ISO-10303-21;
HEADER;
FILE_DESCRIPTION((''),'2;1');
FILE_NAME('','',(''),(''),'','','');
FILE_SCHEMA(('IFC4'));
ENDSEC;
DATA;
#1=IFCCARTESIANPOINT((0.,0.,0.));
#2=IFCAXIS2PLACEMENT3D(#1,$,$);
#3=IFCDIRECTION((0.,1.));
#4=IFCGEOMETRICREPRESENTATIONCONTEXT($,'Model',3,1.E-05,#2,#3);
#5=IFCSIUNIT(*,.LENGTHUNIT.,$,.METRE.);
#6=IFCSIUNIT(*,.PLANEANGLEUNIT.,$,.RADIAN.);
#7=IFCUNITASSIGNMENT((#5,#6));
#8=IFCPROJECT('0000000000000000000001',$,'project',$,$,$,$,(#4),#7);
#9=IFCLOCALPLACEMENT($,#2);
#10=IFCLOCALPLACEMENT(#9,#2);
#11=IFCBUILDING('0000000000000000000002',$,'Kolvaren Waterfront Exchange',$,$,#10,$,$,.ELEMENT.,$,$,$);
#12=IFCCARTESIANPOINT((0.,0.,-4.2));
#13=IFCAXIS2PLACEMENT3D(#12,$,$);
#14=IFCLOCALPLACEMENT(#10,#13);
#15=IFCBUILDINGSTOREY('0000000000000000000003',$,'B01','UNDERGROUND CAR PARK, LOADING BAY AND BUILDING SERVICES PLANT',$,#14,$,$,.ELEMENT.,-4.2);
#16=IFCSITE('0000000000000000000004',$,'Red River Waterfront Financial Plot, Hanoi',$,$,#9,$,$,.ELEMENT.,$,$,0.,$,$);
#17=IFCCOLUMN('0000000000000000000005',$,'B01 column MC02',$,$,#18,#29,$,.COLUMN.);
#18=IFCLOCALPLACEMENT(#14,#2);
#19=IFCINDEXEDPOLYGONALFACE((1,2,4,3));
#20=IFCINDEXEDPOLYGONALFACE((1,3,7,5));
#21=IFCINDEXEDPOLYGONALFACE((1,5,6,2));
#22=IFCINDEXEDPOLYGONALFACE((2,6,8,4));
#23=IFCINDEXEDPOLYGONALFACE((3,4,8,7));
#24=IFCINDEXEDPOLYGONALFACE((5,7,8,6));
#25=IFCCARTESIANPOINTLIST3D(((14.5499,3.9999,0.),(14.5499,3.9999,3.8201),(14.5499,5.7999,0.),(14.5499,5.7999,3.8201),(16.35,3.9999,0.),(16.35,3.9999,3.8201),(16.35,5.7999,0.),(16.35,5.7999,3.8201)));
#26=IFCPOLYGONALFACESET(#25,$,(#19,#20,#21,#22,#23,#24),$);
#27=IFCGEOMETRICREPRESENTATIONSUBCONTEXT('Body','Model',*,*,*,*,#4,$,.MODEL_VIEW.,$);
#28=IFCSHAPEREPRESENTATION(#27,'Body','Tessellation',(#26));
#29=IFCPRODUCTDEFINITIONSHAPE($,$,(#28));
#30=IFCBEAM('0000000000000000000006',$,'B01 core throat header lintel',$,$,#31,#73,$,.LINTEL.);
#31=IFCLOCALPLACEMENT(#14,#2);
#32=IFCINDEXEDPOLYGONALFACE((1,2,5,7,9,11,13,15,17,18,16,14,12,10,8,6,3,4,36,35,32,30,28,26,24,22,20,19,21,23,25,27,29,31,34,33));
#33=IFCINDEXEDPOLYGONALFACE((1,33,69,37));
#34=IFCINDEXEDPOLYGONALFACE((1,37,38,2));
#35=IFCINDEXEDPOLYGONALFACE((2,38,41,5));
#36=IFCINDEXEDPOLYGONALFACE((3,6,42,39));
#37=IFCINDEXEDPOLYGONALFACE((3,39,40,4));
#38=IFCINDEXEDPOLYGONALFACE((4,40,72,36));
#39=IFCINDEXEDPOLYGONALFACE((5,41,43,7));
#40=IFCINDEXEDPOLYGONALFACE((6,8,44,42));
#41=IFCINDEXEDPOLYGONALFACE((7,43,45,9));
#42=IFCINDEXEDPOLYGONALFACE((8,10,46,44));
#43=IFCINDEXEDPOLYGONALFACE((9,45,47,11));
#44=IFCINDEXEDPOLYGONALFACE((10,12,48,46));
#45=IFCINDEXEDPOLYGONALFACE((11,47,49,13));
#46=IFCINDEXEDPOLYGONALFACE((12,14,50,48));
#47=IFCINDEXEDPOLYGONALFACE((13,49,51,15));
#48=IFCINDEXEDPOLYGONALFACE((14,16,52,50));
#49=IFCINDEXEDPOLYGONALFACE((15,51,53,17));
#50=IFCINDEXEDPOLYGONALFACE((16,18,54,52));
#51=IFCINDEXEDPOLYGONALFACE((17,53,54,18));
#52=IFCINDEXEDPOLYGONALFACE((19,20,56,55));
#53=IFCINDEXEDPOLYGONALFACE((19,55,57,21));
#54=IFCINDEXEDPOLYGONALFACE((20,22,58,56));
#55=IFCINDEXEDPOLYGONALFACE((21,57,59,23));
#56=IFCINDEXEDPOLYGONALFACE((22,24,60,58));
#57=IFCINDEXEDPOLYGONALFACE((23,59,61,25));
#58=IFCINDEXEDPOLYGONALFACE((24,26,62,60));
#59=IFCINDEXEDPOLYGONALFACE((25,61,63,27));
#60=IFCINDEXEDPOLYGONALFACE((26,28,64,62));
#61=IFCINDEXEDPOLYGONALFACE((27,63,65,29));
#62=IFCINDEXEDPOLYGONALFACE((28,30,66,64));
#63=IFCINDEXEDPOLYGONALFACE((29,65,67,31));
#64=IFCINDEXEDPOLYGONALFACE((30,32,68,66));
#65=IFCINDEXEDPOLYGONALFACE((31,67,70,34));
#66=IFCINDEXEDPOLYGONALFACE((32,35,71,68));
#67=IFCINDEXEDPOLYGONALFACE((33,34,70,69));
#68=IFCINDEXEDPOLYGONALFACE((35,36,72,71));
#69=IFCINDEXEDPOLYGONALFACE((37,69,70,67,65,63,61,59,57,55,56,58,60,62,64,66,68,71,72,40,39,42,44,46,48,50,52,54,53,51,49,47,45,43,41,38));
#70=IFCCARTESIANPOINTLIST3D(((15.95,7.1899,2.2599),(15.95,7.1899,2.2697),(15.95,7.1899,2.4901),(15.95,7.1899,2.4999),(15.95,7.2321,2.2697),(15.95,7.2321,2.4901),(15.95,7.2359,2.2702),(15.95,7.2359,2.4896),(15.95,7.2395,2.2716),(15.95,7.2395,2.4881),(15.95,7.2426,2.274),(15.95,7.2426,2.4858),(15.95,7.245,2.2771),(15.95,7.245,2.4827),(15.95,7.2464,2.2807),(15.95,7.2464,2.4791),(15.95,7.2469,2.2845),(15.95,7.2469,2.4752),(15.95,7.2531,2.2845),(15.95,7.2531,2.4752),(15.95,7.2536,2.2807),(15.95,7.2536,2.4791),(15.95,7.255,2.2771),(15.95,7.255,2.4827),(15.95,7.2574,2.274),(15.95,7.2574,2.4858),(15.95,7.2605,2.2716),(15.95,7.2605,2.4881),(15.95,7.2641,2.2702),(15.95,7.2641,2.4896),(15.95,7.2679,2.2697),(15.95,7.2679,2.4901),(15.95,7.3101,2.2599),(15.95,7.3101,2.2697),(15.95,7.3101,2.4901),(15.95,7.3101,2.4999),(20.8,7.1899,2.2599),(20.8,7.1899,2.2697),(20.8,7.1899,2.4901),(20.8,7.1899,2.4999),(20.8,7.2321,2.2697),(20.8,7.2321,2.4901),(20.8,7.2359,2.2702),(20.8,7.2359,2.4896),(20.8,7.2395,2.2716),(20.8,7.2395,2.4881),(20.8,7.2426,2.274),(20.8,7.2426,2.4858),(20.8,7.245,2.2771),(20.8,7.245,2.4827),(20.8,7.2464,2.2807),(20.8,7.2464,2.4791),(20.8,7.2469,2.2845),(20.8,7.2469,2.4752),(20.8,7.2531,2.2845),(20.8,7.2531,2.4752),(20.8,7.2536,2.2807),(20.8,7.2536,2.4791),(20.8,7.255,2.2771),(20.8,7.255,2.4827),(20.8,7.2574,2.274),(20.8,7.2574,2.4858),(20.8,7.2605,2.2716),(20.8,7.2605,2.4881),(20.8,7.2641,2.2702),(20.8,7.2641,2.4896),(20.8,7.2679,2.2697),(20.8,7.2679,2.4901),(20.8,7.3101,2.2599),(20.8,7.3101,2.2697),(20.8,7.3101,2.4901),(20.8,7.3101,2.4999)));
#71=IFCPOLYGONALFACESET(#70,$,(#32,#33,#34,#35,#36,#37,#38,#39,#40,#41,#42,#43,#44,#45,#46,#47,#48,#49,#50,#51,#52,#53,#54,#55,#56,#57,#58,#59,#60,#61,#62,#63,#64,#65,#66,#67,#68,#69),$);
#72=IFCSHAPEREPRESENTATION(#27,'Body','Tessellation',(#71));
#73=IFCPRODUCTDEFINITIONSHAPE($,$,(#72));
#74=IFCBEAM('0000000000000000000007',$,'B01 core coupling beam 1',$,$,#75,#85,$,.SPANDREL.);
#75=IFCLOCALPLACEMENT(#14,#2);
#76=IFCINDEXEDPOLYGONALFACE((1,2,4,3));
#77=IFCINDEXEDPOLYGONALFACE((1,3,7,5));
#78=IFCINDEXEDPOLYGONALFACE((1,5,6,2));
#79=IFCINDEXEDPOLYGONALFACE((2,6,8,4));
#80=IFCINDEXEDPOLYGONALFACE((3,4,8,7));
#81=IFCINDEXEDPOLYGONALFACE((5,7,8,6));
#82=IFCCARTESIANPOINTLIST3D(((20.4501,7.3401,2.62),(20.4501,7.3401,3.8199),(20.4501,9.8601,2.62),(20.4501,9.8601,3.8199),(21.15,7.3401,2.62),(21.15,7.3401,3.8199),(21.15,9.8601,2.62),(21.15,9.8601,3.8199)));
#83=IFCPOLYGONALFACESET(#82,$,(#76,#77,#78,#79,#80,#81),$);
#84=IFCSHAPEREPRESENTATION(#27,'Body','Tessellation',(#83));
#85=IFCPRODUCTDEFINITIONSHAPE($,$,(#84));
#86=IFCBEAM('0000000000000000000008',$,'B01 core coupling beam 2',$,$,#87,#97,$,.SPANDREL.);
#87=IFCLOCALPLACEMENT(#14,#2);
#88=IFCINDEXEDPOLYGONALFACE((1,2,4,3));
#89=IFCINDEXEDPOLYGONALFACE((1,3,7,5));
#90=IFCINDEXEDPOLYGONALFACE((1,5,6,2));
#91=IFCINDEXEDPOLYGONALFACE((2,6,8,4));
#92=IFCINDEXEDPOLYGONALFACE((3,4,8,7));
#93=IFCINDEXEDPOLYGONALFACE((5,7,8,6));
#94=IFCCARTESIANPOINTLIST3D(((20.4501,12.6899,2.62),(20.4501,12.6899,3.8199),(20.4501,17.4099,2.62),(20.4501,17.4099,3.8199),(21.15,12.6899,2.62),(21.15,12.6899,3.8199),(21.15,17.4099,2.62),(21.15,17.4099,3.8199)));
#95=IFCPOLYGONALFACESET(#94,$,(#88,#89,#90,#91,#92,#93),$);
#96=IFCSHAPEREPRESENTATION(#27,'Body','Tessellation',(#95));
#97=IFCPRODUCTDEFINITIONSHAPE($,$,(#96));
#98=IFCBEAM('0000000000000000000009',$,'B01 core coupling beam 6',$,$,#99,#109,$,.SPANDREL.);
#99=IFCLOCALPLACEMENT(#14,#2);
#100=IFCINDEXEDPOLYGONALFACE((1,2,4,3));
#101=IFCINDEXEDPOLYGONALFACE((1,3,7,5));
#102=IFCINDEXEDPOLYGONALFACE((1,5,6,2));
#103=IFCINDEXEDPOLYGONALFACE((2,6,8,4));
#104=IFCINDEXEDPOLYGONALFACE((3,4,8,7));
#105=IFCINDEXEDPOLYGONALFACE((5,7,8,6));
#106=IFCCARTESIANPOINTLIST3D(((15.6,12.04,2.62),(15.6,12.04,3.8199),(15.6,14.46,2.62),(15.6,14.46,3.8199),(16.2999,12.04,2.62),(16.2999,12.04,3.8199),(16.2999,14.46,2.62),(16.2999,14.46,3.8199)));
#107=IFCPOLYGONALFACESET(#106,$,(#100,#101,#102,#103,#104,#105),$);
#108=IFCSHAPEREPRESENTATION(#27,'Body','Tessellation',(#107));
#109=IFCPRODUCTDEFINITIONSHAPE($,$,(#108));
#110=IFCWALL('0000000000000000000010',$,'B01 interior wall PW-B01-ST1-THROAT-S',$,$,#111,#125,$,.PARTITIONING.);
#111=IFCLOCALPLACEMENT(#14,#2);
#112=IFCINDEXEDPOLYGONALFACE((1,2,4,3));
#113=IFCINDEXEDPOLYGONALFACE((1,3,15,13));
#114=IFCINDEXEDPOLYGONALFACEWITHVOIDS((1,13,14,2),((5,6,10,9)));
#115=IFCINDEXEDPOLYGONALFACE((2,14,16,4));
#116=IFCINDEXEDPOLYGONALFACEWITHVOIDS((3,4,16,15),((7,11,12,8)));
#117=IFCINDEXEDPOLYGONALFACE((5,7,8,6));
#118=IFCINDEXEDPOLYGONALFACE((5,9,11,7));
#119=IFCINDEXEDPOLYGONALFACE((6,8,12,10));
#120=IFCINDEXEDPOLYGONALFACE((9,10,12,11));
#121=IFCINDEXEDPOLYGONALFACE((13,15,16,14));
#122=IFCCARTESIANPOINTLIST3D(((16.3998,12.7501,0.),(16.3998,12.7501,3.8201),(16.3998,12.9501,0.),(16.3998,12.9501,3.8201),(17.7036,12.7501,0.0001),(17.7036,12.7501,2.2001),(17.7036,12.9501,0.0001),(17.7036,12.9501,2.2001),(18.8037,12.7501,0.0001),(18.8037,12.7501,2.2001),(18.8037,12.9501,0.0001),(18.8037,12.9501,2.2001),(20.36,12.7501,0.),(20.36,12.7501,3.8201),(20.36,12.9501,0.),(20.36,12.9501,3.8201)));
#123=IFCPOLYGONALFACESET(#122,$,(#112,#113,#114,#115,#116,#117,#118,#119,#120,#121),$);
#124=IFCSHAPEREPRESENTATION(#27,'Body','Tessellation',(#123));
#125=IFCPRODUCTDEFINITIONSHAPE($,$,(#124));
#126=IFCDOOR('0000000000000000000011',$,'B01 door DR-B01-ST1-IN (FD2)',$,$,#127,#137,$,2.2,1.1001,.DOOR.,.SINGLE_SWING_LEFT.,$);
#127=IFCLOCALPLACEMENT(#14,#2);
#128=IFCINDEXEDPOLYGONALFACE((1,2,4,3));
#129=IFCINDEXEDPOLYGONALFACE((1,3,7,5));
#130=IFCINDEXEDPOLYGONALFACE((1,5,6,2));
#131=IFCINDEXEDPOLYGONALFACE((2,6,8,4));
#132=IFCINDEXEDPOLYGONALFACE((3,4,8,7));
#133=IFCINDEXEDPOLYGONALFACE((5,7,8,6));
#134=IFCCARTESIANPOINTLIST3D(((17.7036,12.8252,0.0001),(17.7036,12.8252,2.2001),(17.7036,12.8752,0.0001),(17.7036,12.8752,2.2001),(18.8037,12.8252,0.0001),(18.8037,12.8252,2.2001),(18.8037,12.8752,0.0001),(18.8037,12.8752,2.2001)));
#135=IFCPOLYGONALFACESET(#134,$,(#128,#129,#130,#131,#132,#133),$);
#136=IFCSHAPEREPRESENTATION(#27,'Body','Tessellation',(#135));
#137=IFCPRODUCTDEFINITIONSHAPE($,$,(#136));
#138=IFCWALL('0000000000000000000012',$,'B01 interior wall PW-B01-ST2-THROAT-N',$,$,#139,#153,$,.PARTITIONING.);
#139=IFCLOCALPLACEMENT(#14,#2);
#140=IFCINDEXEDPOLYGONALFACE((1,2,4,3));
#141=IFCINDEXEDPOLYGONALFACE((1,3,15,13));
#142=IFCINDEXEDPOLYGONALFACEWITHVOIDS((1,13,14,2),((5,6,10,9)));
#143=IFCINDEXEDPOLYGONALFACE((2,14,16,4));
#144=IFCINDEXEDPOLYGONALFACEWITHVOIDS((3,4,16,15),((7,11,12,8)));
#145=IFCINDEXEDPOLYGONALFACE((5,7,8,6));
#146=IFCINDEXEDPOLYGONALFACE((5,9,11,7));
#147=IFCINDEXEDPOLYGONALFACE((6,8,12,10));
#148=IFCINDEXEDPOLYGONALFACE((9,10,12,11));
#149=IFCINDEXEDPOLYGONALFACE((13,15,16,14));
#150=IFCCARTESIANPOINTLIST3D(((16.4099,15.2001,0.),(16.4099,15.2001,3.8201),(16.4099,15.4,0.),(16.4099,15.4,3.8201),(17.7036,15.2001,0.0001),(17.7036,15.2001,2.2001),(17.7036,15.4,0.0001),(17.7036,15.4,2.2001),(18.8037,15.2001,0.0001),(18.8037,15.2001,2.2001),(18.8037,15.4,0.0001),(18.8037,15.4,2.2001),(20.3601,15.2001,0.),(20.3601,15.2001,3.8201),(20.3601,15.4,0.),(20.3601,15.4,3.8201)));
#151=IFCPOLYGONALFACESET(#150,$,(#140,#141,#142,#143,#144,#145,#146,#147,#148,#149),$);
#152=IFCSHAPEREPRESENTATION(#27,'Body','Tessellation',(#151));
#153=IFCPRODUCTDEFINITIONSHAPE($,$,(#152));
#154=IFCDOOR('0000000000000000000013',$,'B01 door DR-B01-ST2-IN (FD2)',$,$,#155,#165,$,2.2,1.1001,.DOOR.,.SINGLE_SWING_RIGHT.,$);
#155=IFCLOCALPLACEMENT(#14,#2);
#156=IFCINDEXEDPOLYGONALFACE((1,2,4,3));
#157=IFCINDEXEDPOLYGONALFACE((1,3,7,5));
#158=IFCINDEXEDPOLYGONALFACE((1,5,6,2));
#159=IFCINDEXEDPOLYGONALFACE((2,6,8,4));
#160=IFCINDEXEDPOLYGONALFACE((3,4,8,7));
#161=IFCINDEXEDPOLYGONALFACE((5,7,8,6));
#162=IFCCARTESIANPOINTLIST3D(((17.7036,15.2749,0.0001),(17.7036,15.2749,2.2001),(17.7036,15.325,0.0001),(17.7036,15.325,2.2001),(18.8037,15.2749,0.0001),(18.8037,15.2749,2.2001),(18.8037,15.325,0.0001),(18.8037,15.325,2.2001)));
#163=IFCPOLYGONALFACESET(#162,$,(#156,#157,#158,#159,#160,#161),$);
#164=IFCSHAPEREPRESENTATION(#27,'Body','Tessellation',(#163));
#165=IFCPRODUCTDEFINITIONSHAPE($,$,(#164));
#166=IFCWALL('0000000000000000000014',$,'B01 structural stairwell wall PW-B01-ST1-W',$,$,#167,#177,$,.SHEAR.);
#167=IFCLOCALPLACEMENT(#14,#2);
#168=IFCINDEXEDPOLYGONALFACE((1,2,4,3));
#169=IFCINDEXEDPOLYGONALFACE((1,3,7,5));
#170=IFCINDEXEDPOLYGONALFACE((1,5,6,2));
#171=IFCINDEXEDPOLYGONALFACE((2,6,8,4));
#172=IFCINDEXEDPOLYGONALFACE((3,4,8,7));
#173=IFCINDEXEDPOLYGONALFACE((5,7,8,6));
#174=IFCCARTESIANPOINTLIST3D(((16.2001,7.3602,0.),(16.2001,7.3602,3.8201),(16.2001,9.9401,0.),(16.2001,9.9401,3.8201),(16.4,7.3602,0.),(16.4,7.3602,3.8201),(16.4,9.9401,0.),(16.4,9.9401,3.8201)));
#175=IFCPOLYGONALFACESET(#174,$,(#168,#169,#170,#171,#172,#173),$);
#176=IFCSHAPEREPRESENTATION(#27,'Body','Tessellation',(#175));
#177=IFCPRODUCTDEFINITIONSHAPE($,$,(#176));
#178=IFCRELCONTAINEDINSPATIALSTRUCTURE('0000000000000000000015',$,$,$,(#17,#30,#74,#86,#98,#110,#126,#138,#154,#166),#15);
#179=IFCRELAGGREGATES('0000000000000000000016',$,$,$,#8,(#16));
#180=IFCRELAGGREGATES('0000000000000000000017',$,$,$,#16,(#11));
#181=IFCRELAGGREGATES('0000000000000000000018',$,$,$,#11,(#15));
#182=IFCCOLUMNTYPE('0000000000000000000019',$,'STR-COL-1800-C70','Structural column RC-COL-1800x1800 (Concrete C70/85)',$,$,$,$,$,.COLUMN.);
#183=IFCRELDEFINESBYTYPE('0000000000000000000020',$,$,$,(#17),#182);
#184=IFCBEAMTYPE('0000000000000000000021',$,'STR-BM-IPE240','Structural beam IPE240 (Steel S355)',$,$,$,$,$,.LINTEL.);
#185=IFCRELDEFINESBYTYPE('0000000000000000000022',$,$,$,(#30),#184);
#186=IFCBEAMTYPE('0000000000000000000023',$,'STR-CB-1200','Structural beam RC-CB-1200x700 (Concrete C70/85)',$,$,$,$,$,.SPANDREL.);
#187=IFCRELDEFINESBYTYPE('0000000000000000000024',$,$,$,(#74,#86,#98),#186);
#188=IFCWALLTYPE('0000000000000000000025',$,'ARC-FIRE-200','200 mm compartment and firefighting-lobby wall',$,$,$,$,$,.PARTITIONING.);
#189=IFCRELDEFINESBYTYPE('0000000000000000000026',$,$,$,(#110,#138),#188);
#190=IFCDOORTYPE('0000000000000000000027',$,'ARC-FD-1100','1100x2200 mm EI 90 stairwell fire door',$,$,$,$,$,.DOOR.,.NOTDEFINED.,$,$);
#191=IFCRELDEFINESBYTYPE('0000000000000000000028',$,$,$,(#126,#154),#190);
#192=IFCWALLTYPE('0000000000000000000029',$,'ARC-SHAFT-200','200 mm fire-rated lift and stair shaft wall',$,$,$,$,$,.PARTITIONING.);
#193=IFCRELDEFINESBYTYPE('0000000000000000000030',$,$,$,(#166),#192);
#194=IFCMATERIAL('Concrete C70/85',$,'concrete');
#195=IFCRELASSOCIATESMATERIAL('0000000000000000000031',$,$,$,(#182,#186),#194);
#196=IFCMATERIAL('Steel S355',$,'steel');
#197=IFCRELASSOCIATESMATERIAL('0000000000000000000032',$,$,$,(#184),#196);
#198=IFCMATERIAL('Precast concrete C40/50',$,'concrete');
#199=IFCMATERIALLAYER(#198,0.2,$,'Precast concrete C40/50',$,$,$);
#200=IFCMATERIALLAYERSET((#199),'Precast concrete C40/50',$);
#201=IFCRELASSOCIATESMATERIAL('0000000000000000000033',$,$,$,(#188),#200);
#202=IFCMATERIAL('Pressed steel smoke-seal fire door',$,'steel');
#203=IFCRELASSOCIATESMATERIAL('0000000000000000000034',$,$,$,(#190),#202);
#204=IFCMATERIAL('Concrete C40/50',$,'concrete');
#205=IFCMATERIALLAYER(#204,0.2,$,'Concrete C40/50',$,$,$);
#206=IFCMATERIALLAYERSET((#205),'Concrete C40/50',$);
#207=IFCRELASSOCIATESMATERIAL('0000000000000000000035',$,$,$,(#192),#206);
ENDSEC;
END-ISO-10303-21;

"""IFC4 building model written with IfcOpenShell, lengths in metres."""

from ifc_helpers import new_model, si_unit, direction, frame, frame_2d, origin, origin_2d, place, context, subcontext, project, spatial, rectangle, i_section, extrude, material, layer, layer_set, material_profile, profile_set, type_object, element, fill, save


model = new_model("IFC4")

# Units and contexts
model_context = context("Model", 3, precision=1e-05, world=origin(), true_north=direction((0.0, 1.0)))
body_context = subcontext(model_context, "Body", "Model", "MODEL_VIEW")
ifc_project = project(units=[si_unit("LENGTHUNIT", "METRE"), si_unit("PLANEANGLEUNIT", "RADIAN")], contexts=[model_context])

# Site, building, storey
site_placement = place(None, origin())
site = spatial("IfcSite", under=ifc_project, at=site_placement, Name="Red River Waterfront Financial Plot, Hanoi", CompositionType="ELEMENT", RefElevation=0.0)
building_placement = place(site_placement, origin())
building = spatial("IfcBuilding", under=site, at=building_placement, Name="Kolvaren Waterfront Exchange", CompositionType="ELEMENT")
storey_placement = place(building_placement, frame((0.0, 0.0, -4.2)))
storey = spatial("IfcBuildingStorey", under=building, at=storey_placement, Name="B01", Description="UNDERGROUND CAR PARK, LOADING BAY AND BUILDING SERVICES PLANT", CompositionType="ELEMENT", Elevation=-4.2)

# Column
ifc_material_1 = material(Name="Concrete C70/85", Category="concrete")
ifc_material_profile_1 = material_profile(ifc_material_1, rectangle(XDim=1.8, YDim=1.8, at=origin_2d()), Name="RC-COL-1800x1800")
ifc_profile_set_1 = profile_set([ifc_material_profile_1], Name="Concrete C70/85")
column_type = type_object("IfcColumnType", Name="STR-COL-1800-C70", Description="Structural column RC-COL-1800x1800 (Concrete C70/85)", PredefinedType="COLUMN", material=ifc_profile_set_1)
column_placement = place(storey_placement, frame((15.45, 4.8999, 0.0), z_axis=(0.0, 0.0, 1.0), x_axis=(1.0, 0.0, 0.0)))
element("IfcColumn", 1, at=column_placement, inside=storey, type_object=column_type, Name="B01 column MC02", PredefinedType="COLUMN", context=body_context, shape_type="SweptSolid", body=[
    extrude(rectangle(XDim=1.8, YDim=1.8, at=origin_2d()), origin(), (0.0, 0.0, 1.0), 3.8201),
])

# Beams
ifc_material_2 = material(Name="Steel S355", Category="steel")
ifc_material_profile_2 = material_profile(ifc_material_2, i_section(OverallWidth=0.1201, OverallDepth=0.24, WebThickness=0.0061, FlangeThickness=0.0098, FilletRadius=0.0149, at=origin_2d()), Name="IPE240")
ifc_profile_set_2 = profile_set([ifc_material_profile_2], Name="Steel S355")
beam_type_1 = type_object("IfcBeamType", Name="STR-BM-IPE240", Description="Structural beam IPE240 (Steel S355)", PredefinedType="LINTEL", material=ifc_profile_set_2)
beam_1_placement = place(storey_placement, frame((15.95, 7.25, 2.3799), z_axis=(1.0, 0.0, 0.0), x_axis=(0.0, 1.0, 0.0)))
element("IfcBeam", 2, at=beam_1_placement, inside=storey, type_object=beam_type_1, Name="B01 core throat header lintel", PredefinedType="LINTEL", context=body_context, shape_type="SweptSolid", body=[
    extrude(i_section(OverallWidth=0.1201, OverallDepth=0.24, WebThickness=0.0061, FlangeThickness=0.0098, FilletRadius=0.0149, at=origin_2d()), origin(), (0.0, 0.0, 1.0), 4.8501),
])
ifc_material_profile_3 = material_profile(ifc_material_1, rectangle(XDim=0.7, YDim=1.2, at=origin_2d()), Name="RC-CB-1200x700")
ifc_profile_set_3 = profile_set([ifc_material_profile_3], Name="Concrete C70/85")
beam_type_2 = type_object("IfcBeamType", Name="STR-CB-1200", Description="Structural beam RC-CB-1200x700 (Concrete C70/85)", PredefinedType="SPANDREL", material=ifc_profile_set_3)
beam_2_placement = place(storey_placement, frame((20.8, 7.3401, 3.22), z_axis=(0.0, 1.0, 0.0), x_axis=(-1.0, 0.0, 0.0)))
element("IfcBeam", 3, at=beam_2_placement, inside=storey, type_object=beam_type_2, Name="B01 core coupling beam 1", PredefinedType="SPANDREL", context=body_context, shape_type="SweptSolid", body=[
    extrude(rectangle(XDim=0.7, YDim=1.2, at=origin_2d()), origin(), (0.0, 0.0, 1.0), 2.52),
])
beam_3_placement = place(storey_placement, frame((20.8, 12.6899, 3.22), z_axis=(0.0, 1.0, 0.0), x_axis=(-1.0, 0.0, 0.0)))
element("IfcBeam", 4, at=beam_3_placement, inside=storey, type_object=beam_type_2, Name="B01 core coupling beam 2", PredefinedType="SPANDREL", context=body_context, shape_type="SweptSolid", body=[
    extrude(rectangle(XDim=0.7, YDim=1.2, at=origin_2d()), origin(), (0.0, 0.0, 1.0), 4.72),
])
beam_4_placement = place(storey_placement, frame((15.95, 12.04, 3.22), z_axis=(0.0, 1.0, 0.0), x_axis=(-1.0, 0.0, 0.0)))
element("IfcBeam", 5, at=beam_4_placement, inside=storey, type_object=beam_type_2, Name="B01 core coupling beam 6", PredefinedType="SPANDREL", context=body_context, shape_type="SweptSolid", body=[
    extrude(rectangle(XDim=0.7, YDim=1.2, at=origin_2d()), origin(), (0.0, 0.0, 1.0), 2.4199),
])

# Walls, openings, doors
ifc_material_3 = material(Name="Precast concrete C40/50", Category="concrete")
ifc_layer_1 = layer(ifc_material_3, 0.2, Name="Precast concrete C40/50")
ifc_layer_set_1 = layer_set([ifc_layer_1], Name="Precast concrete C40/50")
wall_type_1 = type_object("IfcWallType", Name="ARC-FIRE-200", Description="200 mm compartment and firefighting-lobby wall", PredefinedType="PARTITIONING", material=ifc_layer_set_1)
wall_1_placement = place(storey_placement, frame((16.3999, 12.8501, 0.0), z_axis=(0.0, 0.0, 1.0), x_axis=(1.0, 0.0, 0.0)))
wall_1 = element("IfcWall", 6, at=wall_1_placement, inside=storey, type_object=wall_type_1, Name="B01 interior wall PW-B01-ST1-THROAT-S", PredefinedType="PARTITIONING", context=body_context, shape_type="SweptSolid", body=[
    extrude(rectangle(XDim=3.9602, YDim=0.2, at=frame_2d((1.98, 0.0))), origin(), (0.0, 0.0, 1.0), 3.8201),
])
opening_1_placement = place(wall_1_placement, frame((1.3037, 0.0, 0.0)))
opening_1 = element("IfcOpeningElement", 7, at=opening_1_placement, cuts=wall_1, PredefinedType="OPENING", context=body_context, shape_type="SweptSolid", body=[
    extrude(rectangle(XDim=1.1001, YDim=2.2, at=frame_2d((0.55, 1.1001))), frame((0.0, 0.1099, 0.0), z_axis=(0.0, -1.0, 0.0), x_axis=(1.0, 0.0, 0.0)), (0.0, 0.0, 1.0), 0.22),
])
ifc_material_4 = material(Name="Pressed steel smoke-seal fire door", Category="steel")
door_type = type_object("IfcDoorType", Name="ARC-FD-1100", Description="1100x2200 mm EI 90 stairwell fire door", OperationType="NOTDEFINED", PredefinedType="DOOR", material=ifc_material_4)
door_1_placement = place(opening_1_placement, frame((1.1001, 0.0, 0.0), z_axis=(0.0, 0.0, 1.0), x_axis=(-1.0, 0.0, 0.0)))
door_1 = element("IfcDoor", 8, at=door_1_placement, inside=storey, type_object=door_type, Name="B01 door DR-B01-ST1-IN (FD2)", OperationType="SINGLE_SWING_LEFT", OverallHeight=2.2, OverallWidth=1.1001, PredefinedType="DOOR", context=body_context, shape_type="SweptSolid", body=[
    extrude(rectangle(XDim=1.1001, YDim=2.2, at=frame_2d((0.55, 1.1001))), frame((0.0, 0.0249, 0.0), z_axis=(0.0, -1.0, 0.0), x_axis=(1.0, 0.0, 0.0)), (0.0, 0.0, 1.0), 0.05),
])
fill(opening_1, door_1)
wall_2_placement = place(storey_placement, frame((16.4099, 15.3, 0.0), z_axis=(0.0, 0.0, 1.0), x_axis=(1.0, 0.0, 0.0)))
wall_2 = element("IfcWall", 9, at=wall_2_placement, inside=storey, type_object=wall_type_1, Name="B01 interior wall PW-B01-ST2-THROAT-N", PredefinedType="PARTITIONING", context=body_context, shape_type="SweptSolid", body=[
    extrude(rectangle(XDim=3.9502, YDim=0.2, at=frame_2d((1.9751, 0.0))), origin(), (0.0, 0.0, 1.0), 3.8201),
])
opening_2_placement = place(wall_2_placement, frame((1.2937, 0.0, 0.0)))
opening_2 = element("IfcOpeningElement", 10, at=opening_2_placement, cuts=wall_2, PredefinedType="OPENING", context=body_context, shape_type="SweptSolid", body=[
    extrude(rectangle(XDim=1.1001, YDim=2.2, at=frame_2d((0.55, 1.1001))), frame((0.0, 0.1099, 0.0), z_axis=(0.0, -1.0, 0.0), x_axis=(1.0, 0.0, 0.0)), (0.0, 0.0, 1.0), 0.22),
])
door_2_placement = place(opening_2_placement, origin())
door_2 = element("IfcDoor", 11, at=door_2_placement, inside=storey, type_object=door_type, Name="B01 door DR-B01-ST2-IN (FD2)", OperationType="SINGLE_SWING_RIGHT", OverallHeight=2.2, OverallWidth=1.1001, PredefinedType="DOOR", context=body_context, shape_type="SweptSolid", body=[
    extrude(rectangle(XDim=1.1001, YDim=2.2, at=frame_2d((0.55, 1.1001))), frame((0.0, 0.0249, 0.0), z_axis=(0.0, -1.0, 0.0), x_axis=(1.0, 0.0, 0.0)), (0.0, 0.0, 1.0), 0.05),
])
fill(opening_2, door_2)

# Wall
ifc_material_5 = material(Name="Concrete C40/50", Category="concrete")
ifc_layer_2 = layer(ifc_material_5, 0.2, Name="Concrete C40/50")
ifc_layer_set_2 = layer_set([ifc_layer_2], Name="Concrete C40/50")
wall_type_2 = type_object("IfcWallType", Name="ARC-SHAFT-200", Description="200 mm fire-rated lift and stair shaft wall", PredefinedType="PARTITIONING", material=ifc_layer_set_2)
wall_3_placement = place(storey_placement, frame((16.3, 7.3601, 0.0), z_axis=(0.0, 0.0, 1.0), x_axis=(0.0, 1.0, 0.0)))
element("IfcWall", 12, at=wall_3_placement, inside=storey, type_object=wall_type_2, Name="B01 structural stairwell wall PW-B01-ST1-W", PredefinedType="SHEAR", context=body_context, shape_type="SweptSolid", body=[
    extrude(rectangle(XDim=2.5798, YDim=0.2, at=frame_2d((1.29, 0.0))), origin(), (0.0, 0.0, 1.0), 3.8201),
])

save(model, "model.ifc")
